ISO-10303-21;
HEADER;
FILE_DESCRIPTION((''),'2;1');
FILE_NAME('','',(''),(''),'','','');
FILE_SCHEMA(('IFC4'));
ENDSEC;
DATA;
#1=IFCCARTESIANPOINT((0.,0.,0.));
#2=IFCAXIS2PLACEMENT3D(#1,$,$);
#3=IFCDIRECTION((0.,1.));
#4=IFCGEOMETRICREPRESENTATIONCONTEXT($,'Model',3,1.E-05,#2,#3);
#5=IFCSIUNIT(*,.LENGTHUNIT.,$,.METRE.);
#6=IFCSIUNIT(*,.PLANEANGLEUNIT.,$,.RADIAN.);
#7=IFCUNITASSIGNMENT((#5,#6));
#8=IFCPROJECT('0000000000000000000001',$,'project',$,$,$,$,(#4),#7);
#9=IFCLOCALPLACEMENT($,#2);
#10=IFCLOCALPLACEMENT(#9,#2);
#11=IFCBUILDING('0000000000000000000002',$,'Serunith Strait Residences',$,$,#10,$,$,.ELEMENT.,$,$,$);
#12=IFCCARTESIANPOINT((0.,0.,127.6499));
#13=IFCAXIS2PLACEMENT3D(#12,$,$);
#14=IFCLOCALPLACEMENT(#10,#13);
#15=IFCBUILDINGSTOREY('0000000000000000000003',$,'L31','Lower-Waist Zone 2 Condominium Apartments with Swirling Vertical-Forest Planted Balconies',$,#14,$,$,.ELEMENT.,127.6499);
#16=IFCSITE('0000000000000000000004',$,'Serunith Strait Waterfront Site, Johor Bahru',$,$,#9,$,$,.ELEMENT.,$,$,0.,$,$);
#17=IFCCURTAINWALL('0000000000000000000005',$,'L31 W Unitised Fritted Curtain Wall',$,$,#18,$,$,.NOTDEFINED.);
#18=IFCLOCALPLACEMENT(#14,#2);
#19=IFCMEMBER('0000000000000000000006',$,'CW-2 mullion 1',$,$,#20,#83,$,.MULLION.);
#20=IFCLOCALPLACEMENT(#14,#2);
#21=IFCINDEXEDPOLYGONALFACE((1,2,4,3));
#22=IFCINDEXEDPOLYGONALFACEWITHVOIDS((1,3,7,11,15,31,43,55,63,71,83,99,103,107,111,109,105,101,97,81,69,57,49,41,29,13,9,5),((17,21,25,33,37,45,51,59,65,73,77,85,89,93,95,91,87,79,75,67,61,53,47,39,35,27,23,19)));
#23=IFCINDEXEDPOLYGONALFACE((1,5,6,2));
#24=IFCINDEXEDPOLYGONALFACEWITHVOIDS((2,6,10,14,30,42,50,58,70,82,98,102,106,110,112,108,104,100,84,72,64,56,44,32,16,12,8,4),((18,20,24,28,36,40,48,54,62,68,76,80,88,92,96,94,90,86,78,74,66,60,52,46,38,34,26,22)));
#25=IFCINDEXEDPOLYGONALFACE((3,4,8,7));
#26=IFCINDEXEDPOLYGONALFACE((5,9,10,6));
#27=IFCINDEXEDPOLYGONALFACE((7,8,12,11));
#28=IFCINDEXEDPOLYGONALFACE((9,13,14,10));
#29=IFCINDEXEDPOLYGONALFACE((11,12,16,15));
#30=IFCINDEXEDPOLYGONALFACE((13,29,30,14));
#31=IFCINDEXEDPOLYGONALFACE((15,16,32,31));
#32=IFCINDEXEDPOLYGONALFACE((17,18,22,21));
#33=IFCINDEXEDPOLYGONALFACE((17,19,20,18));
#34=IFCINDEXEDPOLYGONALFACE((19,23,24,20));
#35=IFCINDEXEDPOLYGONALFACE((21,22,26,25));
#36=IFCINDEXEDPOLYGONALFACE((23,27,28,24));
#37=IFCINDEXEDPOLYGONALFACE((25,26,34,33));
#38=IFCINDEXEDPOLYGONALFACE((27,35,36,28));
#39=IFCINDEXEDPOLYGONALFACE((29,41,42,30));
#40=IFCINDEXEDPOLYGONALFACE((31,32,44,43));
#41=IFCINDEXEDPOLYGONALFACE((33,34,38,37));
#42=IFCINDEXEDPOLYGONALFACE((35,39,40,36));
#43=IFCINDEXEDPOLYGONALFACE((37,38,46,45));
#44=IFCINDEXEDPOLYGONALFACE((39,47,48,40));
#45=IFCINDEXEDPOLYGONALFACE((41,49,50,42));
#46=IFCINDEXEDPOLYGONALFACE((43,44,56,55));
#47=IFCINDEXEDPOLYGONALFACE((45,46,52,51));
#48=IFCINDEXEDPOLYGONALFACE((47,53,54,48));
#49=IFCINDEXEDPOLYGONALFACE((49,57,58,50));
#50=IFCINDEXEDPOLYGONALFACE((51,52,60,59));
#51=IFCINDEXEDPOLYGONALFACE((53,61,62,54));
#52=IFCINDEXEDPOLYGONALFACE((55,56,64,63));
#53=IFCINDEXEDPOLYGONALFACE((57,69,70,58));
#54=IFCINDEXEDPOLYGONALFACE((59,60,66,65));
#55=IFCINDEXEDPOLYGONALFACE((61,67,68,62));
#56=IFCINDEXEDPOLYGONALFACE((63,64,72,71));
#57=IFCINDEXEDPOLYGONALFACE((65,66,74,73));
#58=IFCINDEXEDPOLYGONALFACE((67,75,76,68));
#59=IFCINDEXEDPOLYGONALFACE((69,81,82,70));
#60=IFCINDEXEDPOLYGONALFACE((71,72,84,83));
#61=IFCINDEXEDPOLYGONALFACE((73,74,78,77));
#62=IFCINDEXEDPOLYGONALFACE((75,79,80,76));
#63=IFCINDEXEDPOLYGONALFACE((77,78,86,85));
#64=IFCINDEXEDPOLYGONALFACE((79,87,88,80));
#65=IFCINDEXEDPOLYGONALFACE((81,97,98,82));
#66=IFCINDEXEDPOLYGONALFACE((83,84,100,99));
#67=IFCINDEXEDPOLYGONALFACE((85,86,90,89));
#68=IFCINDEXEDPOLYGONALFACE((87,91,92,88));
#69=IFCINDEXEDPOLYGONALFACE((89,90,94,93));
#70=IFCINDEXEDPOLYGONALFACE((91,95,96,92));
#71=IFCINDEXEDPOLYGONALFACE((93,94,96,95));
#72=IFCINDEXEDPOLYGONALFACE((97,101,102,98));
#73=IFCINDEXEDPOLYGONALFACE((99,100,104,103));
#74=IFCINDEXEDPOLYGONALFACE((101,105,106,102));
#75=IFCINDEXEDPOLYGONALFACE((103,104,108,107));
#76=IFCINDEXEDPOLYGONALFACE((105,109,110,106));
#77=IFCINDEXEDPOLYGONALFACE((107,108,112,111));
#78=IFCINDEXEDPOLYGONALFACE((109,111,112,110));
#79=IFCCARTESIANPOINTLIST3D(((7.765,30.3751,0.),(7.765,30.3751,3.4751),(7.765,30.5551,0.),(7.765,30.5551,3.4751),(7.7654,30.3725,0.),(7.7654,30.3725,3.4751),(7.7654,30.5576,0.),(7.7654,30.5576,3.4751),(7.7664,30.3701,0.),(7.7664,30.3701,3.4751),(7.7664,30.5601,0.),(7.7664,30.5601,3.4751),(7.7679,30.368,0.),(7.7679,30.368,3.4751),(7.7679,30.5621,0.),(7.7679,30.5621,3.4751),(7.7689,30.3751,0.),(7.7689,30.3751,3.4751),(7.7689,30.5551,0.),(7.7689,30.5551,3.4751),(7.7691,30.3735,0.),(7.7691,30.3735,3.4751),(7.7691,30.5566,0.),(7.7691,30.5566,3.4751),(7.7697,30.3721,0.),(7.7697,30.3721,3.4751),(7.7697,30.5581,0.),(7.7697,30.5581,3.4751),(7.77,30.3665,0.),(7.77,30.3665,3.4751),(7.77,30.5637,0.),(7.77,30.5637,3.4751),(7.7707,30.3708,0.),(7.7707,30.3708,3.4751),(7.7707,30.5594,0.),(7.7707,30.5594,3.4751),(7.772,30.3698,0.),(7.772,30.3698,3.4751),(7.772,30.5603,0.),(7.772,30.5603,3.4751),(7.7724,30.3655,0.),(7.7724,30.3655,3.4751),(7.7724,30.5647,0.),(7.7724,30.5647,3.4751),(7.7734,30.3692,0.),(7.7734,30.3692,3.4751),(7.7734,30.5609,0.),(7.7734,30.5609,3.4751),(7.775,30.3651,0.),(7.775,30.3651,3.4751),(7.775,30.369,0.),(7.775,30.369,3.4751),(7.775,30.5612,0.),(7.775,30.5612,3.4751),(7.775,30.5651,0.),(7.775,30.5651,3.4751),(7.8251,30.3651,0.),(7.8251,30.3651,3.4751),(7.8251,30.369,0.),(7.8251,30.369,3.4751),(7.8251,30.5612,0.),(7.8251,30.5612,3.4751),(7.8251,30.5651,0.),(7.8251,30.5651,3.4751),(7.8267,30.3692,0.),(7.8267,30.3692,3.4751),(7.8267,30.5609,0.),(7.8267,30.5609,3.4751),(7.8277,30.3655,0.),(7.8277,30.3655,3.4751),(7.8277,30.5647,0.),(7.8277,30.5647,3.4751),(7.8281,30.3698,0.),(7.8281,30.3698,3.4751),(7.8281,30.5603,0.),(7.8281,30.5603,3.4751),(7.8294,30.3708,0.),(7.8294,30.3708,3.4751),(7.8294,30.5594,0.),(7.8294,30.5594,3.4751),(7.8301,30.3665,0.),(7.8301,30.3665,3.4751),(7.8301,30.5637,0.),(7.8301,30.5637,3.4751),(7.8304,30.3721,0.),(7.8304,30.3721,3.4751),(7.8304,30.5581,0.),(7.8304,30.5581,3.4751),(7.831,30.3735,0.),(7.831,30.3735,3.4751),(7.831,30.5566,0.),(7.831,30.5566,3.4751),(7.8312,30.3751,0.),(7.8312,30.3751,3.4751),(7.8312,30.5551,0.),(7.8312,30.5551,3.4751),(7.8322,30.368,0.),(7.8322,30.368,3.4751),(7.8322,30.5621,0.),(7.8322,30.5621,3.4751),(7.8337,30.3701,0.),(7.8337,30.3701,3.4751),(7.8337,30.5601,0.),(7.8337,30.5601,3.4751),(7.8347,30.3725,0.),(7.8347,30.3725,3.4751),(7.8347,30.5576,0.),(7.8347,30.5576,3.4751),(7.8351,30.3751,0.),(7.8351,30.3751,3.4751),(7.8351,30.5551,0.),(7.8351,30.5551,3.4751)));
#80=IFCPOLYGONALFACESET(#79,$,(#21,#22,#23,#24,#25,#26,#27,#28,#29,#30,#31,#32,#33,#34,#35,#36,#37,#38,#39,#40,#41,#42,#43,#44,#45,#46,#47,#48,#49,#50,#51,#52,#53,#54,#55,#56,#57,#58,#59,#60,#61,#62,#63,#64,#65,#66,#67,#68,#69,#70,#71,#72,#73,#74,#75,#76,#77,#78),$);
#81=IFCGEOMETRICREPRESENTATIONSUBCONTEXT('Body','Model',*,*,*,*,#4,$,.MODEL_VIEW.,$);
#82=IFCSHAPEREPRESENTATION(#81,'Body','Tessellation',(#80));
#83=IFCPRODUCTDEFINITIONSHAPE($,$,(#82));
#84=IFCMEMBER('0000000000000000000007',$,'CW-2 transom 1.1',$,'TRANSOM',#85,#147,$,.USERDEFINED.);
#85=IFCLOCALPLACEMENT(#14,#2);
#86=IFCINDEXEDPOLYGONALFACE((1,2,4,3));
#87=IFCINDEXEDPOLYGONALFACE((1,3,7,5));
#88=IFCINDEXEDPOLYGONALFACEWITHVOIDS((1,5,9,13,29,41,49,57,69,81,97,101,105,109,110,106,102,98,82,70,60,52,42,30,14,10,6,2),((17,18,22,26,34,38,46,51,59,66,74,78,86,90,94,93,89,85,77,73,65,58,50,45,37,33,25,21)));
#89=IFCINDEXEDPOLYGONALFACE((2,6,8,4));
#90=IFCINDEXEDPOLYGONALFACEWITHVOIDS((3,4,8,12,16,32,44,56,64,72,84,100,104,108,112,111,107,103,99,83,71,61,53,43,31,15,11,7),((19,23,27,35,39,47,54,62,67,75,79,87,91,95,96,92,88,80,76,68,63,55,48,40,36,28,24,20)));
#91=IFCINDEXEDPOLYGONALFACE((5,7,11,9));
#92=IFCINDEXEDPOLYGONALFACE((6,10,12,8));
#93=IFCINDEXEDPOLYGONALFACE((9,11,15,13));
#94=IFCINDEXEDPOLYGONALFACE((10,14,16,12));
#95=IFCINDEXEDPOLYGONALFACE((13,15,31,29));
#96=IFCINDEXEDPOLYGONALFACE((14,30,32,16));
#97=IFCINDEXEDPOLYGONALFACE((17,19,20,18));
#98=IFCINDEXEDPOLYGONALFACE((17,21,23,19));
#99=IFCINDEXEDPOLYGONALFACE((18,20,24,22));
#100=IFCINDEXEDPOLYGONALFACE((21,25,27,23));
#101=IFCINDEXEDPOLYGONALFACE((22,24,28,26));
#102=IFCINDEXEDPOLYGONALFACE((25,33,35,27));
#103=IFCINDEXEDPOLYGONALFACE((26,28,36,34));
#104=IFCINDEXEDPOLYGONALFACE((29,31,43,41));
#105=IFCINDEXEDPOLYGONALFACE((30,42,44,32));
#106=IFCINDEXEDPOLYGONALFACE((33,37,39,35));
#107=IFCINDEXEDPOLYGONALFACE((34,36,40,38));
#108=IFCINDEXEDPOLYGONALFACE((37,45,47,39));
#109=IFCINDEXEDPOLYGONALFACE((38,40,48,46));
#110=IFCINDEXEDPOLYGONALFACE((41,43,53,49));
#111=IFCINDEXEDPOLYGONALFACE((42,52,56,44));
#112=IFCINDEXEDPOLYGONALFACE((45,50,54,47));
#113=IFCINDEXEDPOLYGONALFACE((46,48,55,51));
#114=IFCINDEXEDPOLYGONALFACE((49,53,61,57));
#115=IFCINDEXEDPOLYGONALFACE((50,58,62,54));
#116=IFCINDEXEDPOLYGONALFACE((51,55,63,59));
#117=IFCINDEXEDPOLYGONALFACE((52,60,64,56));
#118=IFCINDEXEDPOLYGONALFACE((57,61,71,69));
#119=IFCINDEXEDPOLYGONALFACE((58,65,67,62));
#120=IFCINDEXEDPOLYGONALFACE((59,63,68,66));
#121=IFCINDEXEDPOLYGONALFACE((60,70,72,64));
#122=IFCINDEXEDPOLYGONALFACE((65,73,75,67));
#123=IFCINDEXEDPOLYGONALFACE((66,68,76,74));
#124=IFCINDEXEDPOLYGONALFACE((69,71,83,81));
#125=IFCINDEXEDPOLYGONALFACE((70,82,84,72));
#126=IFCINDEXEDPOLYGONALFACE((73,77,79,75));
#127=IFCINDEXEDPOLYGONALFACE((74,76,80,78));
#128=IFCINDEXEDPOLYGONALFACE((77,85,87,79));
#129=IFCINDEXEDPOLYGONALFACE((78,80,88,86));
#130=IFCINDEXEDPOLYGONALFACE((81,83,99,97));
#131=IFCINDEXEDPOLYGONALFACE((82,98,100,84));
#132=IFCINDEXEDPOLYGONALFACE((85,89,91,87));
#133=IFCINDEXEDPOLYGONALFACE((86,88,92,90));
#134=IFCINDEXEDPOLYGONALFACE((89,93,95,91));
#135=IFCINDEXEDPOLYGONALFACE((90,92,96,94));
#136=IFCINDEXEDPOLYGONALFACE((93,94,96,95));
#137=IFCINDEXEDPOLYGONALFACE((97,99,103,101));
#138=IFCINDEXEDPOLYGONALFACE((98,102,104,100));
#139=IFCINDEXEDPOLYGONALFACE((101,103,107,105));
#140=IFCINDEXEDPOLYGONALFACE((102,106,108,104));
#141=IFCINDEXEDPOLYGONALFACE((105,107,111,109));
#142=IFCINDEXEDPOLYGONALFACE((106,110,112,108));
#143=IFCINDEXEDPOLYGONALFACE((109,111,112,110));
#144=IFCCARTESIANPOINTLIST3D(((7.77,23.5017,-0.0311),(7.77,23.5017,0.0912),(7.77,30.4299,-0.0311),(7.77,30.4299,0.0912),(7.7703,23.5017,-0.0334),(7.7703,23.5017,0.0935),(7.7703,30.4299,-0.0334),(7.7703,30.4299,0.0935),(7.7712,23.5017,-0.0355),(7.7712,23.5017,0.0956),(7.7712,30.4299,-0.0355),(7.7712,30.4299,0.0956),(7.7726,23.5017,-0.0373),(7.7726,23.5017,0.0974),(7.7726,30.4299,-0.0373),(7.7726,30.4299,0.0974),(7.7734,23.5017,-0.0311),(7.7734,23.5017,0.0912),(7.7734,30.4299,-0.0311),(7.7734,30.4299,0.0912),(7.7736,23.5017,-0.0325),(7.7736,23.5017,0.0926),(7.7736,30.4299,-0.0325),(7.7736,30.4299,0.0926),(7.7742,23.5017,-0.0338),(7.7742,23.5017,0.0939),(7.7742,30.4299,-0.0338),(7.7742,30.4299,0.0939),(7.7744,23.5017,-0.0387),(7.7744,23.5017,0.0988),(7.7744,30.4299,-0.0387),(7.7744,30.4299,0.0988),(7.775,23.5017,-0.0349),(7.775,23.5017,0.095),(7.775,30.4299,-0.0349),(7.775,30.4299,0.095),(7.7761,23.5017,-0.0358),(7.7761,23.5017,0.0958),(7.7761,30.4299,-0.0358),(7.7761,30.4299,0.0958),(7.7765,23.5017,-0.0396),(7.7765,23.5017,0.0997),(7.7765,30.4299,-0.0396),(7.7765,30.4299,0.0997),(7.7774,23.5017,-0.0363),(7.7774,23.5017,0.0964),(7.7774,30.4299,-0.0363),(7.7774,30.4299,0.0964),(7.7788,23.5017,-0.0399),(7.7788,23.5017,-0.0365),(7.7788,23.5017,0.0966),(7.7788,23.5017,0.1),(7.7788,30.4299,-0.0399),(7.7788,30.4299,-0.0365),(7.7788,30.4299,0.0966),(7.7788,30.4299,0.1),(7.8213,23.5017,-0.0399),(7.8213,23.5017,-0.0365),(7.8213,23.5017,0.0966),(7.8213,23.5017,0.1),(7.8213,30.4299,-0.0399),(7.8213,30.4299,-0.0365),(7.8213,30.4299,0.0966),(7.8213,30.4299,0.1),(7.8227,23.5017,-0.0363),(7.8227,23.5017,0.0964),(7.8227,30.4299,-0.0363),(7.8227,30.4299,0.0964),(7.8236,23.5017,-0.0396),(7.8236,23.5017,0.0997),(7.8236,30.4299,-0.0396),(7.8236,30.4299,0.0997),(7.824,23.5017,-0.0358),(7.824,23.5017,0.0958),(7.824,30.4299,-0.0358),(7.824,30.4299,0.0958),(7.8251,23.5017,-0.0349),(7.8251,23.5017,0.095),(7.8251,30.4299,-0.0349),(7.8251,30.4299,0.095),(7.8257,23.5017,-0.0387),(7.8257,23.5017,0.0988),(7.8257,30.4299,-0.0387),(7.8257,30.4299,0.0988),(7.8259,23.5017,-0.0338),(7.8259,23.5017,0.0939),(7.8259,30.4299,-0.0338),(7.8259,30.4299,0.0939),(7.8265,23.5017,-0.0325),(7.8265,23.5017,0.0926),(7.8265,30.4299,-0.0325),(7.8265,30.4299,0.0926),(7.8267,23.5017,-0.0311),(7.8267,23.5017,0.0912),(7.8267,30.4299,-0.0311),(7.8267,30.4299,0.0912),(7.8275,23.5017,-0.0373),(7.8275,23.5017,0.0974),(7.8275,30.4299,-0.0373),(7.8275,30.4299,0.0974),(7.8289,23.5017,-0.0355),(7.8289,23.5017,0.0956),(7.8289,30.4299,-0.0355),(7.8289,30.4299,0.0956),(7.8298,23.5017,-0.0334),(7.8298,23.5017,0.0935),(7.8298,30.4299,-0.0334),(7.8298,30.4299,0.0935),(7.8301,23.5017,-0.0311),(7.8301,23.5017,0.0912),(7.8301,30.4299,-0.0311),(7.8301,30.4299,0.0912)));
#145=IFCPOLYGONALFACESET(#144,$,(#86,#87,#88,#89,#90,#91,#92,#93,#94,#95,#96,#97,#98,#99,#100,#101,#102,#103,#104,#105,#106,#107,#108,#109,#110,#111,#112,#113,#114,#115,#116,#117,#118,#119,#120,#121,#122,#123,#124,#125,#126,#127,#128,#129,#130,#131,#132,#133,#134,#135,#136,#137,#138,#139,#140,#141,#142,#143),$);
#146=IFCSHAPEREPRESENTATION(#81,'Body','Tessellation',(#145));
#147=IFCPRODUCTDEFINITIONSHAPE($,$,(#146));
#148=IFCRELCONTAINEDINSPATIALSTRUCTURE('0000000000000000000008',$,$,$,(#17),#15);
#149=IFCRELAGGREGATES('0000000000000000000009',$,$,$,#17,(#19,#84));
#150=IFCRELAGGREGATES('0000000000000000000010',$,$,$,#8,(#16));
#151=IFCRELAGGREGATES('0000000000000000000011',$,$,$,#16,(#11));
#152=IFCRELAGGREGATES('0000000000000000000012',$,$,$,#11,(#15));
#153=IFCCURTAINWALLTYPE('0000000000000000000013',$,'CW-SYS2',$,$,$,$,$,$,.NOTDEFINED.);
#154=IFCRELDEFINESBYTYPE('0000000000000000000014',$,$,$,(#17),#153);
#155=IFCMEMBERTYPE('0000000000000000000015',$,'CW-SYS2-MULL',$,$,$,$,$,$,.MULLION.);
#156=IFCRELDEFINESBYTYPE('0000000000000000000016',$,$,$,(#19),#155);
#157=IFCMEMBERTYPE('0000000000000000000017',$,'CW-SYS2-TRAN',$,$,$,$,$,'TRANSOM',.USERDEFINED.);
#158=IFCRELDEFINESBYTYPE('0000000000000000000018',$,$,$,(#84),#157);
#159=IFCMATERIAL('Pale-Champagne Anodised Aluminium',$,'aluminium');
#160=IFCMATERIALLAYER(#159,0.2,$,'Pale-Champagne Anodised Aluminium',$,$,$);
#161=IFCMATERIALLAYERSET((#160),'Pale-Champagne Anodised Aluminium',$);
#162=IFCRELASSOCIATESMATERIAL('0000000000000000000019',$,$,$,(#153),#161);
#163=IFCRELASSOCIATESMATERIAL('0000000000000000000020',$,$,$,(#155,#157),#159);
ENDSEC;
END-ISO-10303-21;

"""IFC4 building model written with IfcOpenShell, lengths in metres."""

from ifc_helpers import new_model, si_unit, direction, frame, origin, origin_2d, place, context, subcontext, project, spatial, hollow_rectangle, extrude, source, transform, mapped, material, layer, layer_set, material_profile, profile_set, type_object, element, aggregate, save


model = new_model("IFC4")

# Units and contexts
model_context = context("Model", 3, precision=1e-05, world=origin(), true_north=direction((0.0, 1.0)))
body_context = subcontext(model_context, "Body", "Model", "MODEL_VIEW")
ifc_project = project(units=[si_unit("LENGTHUNIT", "METRE"), si_unit("PLANEANGLEUNIT", "RADIAN")], contexts=[model_context])

# Site, building, storey
site_placement = place(None, origin())
site = spatial("IfcSite", under=ifc_project, at=site_placement, Name="Serunith Strait Waterfront Site, Johor Bahru", CompositionType="ELEMENT", RefElevation=0.0)
building_placement = place(site_placement, origin())
building = spatial("IfcBuilding", under=site, at=building_placement, Name="Serunith Strait Residences", CompositionType="ELEMENT")
storey_placement = place(building_placement, frame((0.0, 0.0, 127.6499)))
storey = spatial("IfcBuildingStorey", under=building, at=storey_placement, Name="L31", Description="Lower-Waist Zone 2 Condominium Apartments with Swirling Vertical-Forest Planted Balconies", CompositionType="ELEMENT", Elevation=127.6499)

# Shared definitions
ifc_material_1 = material(Name="Pale-Champagne Anodised Aluminium", Category="aluminium")
ifc_layer_1 = layer(ifc_material_1, 0.2, Name="Pale-Champagne Anodised Aluminium")
ifc_layer_set_1 = layer_set([ifc_layer_1], Name="Pale-Champagne Anodised Aluminium")
curtain_wall_type = type_object("IfcCurtainWallType", Name="CW-SYS2", PredefinedType="NOTDEFINED", material=ifc_layer_set_1)
ifc_material_profile_1 = material_profile(ifc_material_1, hollow_rectangle(XDim=0.0701, YDim=0.2, WallThickness=0.0039, InnerFilletRadius=0.0061, OuterFilletRadius=0.01, at=origin_2d()), Name="ALU 200x70x4")
ifc_profile_set_1 = profile_set([ifc_material_profile_1], Name="Pale-Champagne Anodised Aluminium")
member_type_1 = type_object("IfcMemberType", Name="CW-SYS2-MULL", PredefinedType="MULLION", material=ifc_profile_set_1)
shared_shape_1 = source(origin(), body_context, "Body", "SweptSolid", [
    extrude(hollow_rectangle(XDim=0.0701, YDim=0.2, WallThickness=0.0039, InnerFilletRadius=0.0061, OuterFilletRadius=0.01, at=origin_2d()), origin(), (0.0, 0.0, 1.0), 3.4751),
])

# Curtain wall, members
curtain_wall_1_placement = place(storey_placement, origin())
curtain_wall_1 = element("IfcCurtainWall", 1, at=curtain_wall_1_placement, inside=storey, type_object=curtain_wall_type, Name="L31 W Unitised Fritted Curtain Wall", PredefinedType="NOTDEFINED")
member_1_placement = place(storey_placement, frame((7.8, 30.4651, 0.0), z_axis=(0.0, 0.0, 1.0), x_axis=(1.0, 0.0, 0.0)))
member_1 = element("IfcMember", 2, at=member_1_placement, type_object=member_type_1, Name="CW-2 mullion 1", PredefinedType="MULLION", context=body_context, shape_type="MappedRepresentation", body=[
    mapped(shared_shape_1, transform((0.0, 0.0, 0.0), scale=1.0)),
])
ifc_material_profile_2 = material_profile(ifc_material_1, hollow_rectangle(XDim=0.0601, YDim=0.1399, WallThickness=0.0034, InnerFilletRadius=0.0054, OuterFilletRadius=0.0088, at=origin_2d()), Name="ALU 140x60x3.5")
ifc_profile_set_2 = profile_set([ifc_material_profile_2], Name="Pale-Champagne Anodised Aluminium")
member_type_2 = type_object("IfcMemberType", Name="CW-SYS2-TRAN", ElementType="TRANSOM", PredefinedType="USERDEFINED", material=ifc_profile_set_2)
shared_shape_2 = source(origin(), body_context, "Body", "SweptSolid", [
    extrude(hollow_rectangle(XDim=0.0601, YDim=0.1399, WallThickness=0.0034, InnerFilletRadius=0.0054, OuterFilletRadius=0.0088, at=origin_2d()), origin(), (0.0, 0.0, 1.0), 6.9282),
])
member_2_placement = place(storey_placement, frame((7.8, 30.4299, 0.03), z_axis=(0.0, -1.0, 0.0), x_axis=(1.0, 0.0, 0.0)))
member_2 = element("IfcMember", 3, at=member_2_placement, type_object=member_type_2, Name="CW-2 transom 1.1", ObjectType="TRANSOM", PredefinedType="USERDEFINED", context=body_context, shape_type="MappedRepresentation", body=[
    mapped(shared_shape_2, transform((0.0, 0.0, 0.0), scale=1.0)),
])
aggregate(curtain_wall_1, [member_1, member_2])

save(model, "model.ifc")
